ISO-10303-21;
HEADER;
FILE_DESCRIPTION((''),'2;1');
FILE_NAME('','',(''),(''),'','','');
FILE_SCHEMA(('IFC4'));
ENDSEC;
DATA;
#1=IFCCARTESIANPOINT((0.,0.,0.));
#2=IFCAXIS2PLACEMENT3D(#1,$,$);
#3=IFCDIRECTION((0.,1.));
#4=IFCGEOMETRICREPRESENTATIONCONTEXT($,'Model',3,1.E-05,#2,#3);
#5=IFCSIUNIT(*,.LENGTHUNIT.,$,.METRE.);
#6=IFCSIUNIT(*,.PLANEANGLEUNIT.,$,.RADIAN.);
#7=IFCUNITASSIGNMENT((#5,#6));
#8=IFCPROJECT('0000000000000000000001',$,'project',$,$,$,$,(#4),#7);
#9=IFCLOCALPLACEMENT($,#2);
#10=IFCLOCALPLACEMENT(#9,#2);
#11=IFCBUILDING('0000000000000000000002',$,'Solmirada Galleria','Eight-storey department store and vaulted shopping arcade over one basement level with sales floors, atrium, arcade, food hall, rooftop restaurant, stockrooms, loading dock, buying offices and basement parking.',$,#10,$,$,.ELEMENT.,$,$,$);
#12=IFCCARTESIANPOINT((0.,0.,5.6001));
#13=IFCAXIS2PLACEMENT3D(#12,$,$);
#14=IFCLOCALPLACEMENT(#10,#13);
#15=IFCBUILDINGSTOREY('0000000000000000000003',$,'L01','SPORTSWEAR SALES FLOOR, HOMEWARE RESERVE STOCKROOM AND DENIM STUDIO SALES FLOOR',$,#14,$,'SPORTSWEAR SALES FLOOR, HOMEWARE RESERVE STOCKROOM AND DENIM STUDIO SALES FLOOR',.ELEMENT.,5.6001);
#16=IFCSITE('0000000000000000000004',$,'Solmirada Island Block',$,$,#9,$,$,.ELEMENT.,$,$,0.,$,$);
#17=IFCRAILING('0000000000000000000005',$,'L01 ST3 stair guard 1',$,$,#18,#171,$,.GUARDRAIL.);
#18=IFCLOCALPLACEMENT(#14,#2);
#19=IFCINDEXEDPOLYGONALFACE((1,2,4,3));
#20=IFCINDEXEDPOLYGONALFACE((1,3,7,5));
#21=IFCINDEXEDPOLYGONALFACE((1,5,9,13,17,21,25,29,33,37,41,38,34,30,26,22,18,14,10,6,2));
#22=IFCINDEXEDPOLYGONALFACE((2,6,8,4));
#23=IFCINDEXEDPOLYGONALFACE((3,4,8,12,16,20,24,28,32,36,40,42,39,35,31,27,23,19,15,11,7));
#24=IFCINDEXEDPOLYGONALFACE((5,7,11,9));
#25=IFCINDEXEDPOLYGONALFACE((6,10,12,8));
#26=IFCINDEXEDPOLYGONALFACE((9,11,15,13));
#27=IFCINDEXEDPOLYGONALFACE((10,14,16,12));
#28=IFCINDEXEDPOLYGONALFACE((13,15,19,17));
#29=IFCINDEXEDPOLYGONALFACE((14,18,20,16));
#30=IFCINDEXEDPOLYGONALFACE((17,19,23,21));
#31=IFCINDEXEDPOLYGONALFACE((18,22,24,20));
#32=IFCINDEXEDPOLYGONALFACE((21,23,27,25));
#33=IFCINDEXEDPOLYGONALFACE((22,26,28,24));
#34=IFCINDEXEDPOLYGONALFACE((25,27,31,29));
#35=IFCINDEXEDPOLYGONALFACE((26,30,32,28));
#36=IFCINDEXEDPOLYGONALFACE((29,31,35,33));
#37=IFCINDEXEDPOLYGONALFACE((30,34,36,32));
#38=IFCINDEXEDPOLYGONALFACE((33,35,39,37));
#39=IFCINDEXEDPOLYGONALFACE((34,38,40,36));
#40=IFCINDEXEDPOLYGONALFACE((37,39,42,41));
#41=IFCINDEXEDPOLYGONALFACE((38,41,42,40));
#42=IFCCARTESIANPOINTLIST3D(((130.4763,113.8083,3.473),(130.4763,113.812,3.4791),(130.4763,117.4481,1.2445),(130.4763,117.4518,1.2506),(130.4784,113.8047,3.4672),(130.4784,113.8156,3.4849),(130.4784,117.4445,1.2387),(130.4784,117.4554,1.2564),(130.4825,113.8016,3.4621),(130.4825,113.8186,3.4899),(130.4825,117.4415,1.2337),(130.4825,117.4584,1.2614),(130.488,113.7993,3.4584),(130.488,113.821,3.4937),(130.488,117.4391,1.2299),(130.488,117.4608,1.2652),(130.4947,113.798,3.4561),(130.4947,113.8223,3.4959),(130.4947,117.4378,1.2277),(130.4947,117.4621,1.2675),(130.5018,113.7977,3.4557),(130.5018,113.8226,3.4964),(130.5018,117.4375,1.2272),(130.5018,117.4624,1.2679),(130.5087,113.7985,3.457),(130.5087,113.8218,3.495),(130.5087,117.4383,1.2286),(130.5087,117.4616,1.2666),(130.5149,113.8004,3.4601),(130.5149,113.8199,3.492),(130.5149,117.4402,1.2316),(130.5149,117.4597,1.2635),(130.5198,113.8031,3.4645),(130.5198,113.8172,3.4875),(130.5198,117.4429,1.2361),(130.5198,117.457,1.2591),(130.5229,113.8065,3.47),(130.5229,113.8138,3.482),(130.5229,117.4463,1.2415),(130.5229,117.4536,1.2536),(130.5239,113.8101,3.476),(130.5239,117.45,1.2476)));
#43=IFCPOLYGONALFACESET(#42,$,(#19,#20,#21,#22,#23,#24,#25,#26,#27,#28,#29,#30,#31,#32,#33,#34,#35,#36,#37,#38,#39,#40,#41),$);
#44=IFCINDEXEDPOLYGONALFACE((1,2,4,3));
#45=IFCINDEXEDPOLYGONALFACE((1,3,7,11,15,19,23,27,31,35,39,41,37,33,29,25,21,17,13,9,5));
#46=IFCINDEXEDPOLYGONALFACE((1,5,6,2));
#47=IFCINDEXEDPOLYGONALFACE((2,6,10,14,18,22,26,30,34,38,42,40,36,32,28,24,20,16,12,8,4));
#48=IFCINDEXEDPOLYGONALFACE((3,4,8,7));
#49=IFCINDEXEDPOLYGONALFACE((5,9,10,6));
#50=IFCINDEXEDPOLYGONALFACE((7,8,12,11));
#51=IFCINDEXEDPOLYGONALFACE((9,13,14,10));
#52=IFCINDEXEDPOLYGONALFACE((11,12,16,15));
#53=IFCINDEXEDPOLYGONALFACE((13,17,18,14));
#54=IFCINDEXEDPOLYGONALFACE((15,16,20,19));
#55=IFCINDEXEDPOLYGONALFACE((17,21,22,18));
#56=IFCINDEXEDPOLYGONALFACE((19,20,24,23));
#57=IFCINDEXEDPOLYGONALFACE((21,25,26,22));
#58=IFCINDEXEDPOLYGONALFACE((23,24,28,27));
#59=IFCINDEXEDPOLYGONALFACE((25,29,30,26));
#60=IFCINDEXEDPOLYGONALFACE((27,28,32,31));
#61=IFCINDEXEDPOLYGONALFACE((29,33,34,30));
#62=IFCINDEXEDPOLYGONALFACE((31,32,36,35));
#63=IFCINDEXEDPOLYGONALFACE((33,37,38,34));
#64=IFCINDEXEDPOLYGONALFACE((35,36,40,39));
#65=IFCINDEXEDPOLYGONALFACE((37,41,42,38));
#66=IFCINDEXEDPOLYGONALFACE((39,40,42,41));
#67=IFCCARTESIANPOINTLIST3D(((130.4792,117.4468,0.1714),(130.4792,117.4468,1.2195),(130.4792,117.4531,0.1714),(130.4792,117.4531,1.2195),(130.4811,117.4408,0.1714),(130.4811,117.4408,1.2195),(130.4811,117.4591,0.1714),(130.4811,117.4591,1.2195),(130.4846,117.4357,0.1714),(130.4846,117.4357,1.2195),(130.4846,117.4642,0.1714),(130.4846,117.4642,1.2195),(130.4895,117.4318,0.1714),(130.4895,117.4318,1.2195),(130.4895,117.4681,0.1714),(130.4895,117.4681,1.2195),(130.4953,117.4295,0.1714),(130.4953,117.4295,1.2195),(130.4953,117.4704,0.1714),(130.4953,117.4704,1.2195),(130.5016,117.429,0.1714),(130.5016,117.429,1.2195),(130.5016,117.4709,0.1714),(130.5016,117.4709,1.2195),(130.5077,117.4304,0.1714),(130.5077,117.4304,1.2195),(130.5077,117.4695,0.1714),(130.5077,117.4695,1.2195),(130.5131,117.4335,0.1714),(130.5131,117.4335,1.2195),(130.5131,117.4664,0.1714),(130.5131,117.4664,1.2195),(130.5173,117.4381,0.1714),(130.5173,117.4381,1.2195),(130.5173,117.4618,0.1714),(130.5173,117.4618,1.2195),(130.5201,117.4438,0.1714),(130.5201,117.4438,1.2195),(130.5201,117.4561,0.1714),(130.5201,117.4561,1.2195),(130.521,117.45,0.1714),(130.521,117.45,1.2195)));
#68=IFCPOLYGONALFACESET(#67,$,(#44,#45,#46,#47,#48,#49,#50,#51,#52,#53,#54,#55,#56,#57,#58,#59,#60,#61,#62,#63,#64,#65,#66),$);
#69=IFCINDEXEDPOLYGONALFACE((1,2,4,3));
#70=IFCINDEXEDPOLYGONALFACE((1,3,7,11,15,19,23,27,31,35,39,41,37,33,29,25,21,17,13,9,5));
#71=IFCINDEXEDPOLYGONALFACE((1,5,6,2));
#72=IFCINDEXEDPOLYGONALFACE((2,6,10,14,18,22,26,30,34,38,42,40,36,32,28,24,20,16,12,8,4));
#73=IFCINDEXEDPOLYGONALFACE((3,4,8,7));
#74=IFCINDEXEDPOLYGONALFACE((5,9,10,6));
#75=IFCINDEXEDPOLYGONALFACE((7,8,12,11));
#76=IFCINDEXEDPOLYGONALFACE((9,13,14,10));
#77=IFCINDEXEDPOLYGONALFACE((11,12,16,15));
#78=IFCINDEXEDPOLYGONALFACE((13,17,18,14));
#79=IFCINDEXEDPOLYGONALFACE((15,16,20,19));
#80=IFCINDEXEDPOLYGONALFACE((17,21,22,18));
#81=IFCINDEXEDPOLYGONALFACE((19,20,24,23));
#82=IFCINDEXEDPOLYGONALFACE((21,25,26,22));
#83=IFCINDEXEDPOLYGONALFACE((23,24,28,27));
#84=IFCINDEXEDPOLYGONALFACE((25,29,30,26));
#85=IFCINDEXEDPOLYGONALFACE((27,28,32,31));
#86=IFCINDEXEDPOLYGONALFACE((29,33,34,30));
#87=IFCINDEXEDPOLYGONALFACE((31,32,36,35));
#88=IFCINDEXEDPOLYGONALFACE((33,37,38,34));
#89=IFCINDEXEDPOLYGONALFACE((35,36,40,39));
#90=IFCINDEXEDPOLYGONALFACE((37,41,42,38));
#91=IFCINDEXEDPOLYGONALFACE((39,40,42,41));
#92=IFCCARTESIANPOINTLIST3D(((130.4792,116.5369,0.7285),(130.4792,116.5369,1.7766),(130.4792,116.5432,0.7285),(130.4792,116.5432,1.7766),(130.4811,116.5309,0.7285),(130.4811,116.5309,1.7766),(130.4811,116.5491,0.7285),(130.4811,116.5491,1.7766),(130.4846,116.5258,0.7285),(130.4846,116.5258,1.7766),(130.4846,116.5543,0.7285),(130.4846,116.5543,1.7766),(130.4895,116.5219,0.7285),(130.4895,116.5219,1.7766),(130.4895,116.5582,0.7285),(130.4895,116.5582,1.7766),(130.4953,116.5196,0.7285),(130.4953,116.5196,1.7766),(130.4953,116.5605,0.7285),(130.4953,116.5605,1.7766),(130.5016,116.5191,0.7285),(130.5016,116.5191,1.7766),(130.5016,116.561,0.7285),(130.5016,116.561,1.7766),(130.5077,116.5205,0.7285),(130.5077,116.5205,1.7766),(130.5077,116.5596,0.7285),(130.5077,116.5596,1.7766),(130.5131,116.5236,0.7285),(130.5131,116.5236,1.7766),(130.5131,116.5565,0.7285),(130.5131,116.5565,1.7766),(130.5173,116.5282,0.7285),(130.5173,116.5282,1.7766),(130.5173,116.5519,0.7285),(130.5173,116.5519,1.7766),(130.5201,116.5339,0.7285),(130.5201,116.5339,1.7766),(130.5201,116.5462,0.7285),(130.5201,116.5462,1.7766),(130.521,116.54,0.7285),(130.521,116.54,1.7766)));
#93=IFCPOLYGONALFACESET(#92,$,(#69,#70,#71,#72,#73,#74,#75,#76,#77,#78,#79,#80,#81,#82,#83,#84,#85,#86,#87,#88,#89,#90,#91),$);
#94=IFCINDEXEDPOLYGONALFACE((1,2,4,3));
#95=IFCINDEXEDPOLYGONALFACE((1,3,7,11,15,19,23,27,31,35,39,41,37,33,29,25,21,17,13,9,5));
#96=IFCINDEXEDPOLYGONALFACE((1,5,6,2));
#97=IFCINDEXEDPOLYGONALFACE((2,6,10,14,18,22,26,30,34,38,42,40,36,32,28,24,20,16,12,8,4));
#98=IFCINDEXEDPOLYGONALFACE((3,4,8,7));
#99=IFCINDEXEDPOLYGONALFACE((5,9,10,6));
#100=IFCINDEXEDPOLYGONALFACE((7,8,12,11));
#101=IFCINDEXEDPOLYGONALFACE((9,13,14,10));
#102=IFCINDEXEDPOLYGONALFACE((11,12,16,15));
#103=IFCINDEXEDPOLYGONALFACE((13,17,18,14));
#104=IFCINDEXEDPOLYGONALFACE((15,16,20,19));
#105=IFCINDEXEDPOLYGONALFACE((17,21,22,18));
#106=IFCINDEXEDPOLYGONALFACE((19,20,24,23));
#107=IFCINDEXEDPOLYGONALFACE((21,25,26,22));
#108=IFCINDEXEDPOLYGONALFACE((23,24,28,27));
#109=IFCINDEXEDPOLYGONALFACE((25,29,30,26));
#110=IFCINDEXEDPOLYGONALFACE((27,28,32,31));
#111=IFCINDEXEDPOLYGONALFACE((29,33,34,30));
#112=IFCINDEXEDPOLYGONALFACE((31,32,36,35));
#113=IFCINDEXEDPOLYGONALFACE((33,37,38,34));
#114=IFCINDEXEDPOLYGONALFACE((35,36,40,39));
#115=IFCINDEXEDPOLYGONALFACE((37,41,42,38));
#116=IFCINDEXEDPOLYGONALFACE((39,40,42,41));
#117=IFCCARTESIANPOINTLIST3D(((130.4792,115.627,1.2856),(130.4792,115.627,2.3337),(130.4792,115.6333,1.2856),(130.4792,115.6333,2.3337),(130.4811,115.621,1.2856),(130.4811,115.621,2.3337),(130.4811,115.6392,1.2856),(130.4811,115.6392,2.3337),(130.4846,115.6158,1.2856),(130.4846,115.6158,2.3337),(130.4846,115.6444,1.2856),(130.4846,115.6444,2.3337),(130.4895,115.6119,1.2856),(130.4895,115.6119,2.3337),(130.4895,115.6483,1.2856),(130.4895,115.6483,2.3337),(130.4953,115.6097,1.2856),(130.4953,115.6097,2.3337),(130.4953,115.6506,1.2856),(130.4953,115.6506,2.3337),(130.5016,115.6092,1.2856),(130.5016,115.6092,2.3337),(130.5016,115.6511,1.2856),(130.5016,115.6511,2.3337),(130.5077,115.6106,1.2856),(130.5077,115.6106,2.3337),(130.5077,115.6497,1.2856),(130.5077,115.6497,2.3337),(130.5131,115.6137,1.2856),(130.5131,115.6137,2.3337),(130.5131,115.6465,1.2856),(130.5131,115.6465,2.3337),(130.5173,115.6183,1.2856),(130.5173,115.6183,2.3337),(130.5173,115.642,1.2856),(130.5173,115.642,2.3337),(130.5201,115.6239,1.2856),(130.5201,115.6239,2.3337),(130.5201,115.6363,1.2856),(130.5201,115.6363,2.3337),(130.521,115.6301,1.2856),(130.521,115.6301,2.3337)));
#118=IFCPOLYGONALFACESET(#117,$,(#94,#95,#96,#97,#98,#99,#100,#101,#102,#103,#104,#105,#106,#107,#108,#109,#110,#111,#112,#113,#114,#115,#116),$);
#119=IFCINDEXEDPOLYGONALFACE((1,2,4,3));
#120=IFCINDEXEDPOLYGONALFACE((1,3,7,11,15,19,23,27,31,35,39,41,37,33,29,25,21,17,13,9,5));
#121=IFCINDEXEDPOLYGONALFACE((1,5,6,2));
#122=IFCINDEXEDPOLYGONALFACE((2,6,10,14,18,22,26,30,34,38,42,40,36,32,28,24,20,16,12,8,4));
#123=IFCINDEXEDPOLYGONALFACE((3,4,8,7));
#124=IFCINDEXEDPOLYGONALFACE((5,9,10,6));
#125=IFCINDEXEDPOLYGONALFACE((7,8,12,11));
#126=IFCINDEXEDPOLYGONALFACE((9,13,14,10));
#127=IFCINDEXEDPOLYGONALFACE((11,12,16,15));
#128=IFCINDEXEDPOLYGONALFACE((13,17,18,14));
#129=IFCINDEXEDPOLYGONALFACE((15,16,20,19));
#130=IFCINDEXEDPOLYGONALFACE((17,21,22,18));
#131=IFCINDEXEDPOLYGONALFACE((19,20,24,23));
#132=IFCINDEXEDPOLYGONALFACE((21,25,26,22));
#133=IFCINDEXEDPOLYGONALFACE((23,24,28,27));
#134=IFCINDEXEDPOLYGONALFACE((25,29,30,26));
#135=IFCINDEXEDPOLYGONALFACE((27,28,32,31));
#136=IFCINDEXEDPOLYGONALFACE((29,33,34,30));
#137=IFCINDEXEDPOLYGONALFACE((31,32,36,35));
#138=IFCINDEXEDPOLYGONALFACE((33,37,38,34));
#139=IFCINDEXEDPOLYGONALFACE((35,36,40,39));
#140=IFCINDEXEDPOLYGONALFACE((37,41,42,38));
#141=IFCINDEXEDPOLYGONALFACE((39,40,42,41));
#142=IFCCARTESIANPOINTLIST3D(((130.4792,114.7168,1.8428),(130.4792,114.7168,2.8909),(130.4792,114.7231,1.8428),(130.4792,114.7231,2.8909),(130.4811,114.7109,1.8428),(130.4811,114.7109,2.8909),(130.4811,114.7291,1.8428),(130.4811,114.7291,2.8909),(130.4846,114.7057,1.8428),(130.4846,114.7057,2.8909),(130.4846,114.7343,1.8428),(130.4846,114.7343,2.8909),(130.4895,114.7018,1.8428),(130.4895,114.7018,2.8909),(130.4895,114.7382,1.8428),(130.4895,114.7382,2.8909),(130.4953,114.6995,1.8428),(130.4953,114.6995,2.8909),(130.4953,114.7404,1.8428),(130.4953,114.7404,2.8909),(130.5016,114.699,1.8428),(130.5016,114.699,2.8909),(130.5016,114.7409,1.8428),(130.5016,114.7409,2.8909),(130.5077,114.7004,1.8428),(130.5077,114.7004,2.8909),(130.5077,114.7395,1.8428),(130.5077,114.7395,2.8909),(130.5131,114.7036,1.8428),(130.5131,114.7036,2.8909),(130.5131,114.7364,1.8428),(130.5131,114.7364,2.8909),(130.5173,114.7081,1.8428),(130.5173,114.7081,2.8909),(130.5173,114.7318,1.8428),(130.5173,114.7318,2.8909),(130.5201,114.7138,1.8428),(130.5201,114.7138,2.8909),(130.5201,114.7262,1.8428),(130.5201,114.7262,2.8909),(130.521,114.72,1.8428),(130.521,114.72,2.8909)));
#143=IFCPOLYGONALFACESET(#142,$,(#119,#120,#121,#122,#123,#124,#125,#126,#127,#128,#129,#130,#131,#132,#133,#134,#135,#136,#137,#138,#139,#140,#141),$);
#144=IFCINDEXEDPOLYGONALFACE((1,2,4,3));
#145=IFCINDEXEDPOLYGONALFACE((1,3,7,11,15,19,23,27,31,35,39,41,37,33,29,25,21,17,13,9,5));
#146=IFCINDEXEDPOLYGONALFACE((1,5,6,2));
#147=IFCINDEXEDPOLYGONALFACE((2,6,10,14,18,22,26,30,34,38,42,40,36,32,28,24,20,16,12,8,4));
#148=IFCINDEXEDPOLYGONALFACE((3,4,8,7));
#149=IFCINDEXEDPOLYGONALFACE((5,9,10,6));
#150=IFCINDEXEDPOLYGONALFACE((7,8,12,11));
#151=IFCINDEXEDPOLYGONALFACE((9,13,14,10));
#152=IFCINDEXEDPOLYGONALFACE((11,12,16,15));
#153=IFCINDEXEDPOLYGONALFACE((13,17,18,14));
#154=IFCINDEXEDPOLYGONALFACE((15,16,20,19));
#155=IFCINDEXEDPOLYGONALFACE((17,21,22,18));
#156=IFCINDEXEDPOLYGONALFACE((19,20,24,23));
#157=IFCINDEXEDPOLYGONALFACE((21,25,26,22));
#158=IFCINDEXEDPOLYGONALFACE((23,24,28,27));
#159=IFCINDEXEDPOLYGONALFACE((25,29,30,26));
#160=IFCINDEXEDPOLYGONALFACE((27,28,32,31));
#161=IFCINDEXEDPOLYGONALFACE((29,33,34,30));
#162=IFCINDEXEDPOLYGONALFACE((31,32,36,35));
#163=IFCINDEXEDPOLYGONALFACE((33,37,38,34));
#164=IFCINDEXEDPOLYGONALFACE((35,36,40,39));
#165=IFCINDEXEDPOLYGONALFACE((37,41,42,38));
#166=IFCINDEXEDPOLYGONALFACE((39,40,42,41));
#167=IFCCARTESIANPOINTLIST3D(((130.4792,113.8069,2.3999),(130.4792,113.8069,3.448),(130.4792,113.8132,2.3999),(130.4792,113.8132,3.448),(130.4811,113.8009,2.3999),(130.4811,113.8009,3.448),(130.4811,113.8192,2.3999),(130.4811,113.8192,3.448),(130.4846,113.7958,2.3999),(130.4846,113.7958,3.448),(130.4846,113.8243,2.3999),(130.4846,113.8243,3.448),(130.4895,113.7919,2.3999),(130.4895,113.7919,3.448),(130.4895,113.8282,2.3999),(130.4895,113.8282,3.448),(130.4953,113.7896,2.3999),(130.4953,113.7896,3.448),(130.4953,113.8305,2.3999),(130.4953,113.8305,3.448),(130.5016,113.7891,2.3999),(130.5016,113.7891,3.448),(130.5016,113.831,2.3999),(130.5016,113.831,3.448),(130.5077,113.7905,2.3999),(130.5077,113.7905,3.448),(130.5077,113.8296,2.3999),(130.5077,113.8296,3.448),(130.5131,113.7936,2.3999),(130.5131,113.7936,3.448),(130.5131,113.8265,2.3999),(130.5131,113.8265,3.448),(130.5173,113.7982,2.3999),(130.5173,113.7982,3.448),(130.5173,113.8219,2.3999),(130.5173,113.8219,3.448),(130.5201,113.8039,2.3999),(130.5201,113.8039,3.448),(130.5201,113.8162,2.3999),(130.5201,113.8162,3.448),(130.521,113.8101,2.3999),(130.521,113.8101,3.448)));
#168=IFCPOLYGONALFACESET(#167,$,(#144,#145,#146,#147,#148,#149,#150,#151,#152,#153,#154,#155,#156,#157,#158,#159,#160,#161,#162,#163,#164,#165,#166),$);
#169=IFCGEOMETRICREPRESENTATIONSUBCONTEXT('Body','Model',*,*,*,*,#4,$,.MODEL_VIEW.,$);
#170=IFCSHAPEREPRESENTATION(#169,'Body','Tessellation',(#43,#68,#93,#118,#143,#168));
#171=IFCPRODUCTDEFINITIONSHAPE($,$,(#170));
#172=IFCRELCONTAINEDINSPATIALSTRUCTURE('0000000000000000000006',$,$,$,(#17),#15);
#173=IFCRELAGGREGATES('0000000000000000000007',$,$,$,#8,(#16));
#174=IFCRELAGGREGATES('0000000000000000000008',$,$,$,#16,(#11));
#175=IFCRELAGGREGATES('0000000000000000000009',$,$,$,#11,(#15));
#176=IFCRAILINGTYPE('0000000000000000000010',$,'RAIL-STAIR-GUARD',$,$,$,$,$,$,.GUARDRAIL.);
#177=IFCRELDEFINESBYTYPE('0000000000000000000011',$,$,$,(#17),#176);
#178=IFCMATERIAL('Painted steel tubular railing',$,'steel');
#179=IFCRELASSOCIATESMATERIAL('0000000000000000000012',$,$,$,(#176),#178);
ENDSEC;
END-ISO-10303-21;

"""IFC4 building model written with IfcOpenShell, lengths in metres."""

from ifc_helpers import new_model, si_unit, direction, frame, origin, origin_2d, place, context, subcontext, project, spatial, circle, extrude, material, type_object, element, save


model = new_model("IFC4")

# Units and contexts
model_context = context("Model", 3, precision=1e-05, world=origin(), true_north=direction((0.0, 1.0)))
body_context = subcontext(model_context, "Body", "Model", "MODEL_VIEW")
ifc_project = project(units=[si_unit("LENGTHUNIT", "METRE"), si_unit("PLANEANGLEUNIT", "RADIAN")], contexts=[model_context])

# Site, building, storey
site_placement = place(None, origin())
site = spatial("IfcSite", under=ifc_project, at=site_placement, Name="Solmirada Island Block", CompositionType="ELEMENT", RefElevation=0.0)
building_placement = place(site_placement, origin())
building = spatial("IfcBuilding", under=site, at=building_placement, Name="Solmirada Galleria", Description="Eight-storey department store and vaulted shopping arcade over one basement level with sales floors, atrium, arcade, food hall, rooftop restaurant, stockrooms, loading dock, buying offices and basement parking.", CompositionType="ELEMENT")
storey_placement = place(building_placement, frame((0.0, 0.0, 5.6001)))
storey = spatial("IfcBuildingStorey", under=building, at=storey_placement, Name="L01", Description="SPORTSWEAR SALES FLOOR, HOMEWARE RESERVE STOCKROOM AND DENIM STUDIO SALES FLOOR", LongName="SPORTSWEAR SALES FLOOR, HOMEWARE RESERVE STOCKROOM AND DENIM STUDIO SALES FLOOR", CompositionType="ELEMENT", Elevation=5.6001)

# Railing
ifc_material_1 = material(Name="Painted steel tubular railing", Category="steel")
railing_type = type_object("IfcRailingType", Name="RAIL-STAIR-GUARD", PredefinedType="GUARDRAIL", material=ifc_material_1)
railing_1_placement = place(storey_placement, frame((130.5, 117.45, 0.1714)))
element("IfcRailing", 1, at=railing_1_placement, inside=storey, type_object=railing_type, Name="L01 ST3 stair guard 1", PredefinedType="GUARDRAIL", context=body_context, shape_type="SweptSolid", body=[
    extrude(circle(Radius=0.0239, at=origin_2d()), frame((0.0, 0.0, 1.0762), z_axis=(0.0, -0.85285, 0.522156), x_axis=(1.0, 0.0, 0.0)), (0.0, 0.0, 1.0), 4.2678),
    extrude(circle(Radius=0.021, at=origin_2d()), origin(), (0.0, 0.0, 1.0), 1.0481),
    extrude(circle(Radius=0.021, at=origin_2d()), frame((0.0, -0.9099, 0.5571)), (0.0, 0.0, 1.0), 1.0481),
    extrude(circle(Radius=0.021, at=origin_2d()), frame((0.0, -1.8198, 1.1143)), (0.0, 0.0, 1.0), 1.0481),
    extrude(circle(Radius=0.021, at=origin_2d()), frame((0.0, -2.73, 1.6714)), (0.0, 0.0, 1.0), 1.0481),
    extrude(circle(Radius=0.021, at=origin_2d()), frame((0.0, -3.6399, 2.2285)), (0.0, 0.0, 1.0), 1.0481),
])

save(model, "model.ifc")
